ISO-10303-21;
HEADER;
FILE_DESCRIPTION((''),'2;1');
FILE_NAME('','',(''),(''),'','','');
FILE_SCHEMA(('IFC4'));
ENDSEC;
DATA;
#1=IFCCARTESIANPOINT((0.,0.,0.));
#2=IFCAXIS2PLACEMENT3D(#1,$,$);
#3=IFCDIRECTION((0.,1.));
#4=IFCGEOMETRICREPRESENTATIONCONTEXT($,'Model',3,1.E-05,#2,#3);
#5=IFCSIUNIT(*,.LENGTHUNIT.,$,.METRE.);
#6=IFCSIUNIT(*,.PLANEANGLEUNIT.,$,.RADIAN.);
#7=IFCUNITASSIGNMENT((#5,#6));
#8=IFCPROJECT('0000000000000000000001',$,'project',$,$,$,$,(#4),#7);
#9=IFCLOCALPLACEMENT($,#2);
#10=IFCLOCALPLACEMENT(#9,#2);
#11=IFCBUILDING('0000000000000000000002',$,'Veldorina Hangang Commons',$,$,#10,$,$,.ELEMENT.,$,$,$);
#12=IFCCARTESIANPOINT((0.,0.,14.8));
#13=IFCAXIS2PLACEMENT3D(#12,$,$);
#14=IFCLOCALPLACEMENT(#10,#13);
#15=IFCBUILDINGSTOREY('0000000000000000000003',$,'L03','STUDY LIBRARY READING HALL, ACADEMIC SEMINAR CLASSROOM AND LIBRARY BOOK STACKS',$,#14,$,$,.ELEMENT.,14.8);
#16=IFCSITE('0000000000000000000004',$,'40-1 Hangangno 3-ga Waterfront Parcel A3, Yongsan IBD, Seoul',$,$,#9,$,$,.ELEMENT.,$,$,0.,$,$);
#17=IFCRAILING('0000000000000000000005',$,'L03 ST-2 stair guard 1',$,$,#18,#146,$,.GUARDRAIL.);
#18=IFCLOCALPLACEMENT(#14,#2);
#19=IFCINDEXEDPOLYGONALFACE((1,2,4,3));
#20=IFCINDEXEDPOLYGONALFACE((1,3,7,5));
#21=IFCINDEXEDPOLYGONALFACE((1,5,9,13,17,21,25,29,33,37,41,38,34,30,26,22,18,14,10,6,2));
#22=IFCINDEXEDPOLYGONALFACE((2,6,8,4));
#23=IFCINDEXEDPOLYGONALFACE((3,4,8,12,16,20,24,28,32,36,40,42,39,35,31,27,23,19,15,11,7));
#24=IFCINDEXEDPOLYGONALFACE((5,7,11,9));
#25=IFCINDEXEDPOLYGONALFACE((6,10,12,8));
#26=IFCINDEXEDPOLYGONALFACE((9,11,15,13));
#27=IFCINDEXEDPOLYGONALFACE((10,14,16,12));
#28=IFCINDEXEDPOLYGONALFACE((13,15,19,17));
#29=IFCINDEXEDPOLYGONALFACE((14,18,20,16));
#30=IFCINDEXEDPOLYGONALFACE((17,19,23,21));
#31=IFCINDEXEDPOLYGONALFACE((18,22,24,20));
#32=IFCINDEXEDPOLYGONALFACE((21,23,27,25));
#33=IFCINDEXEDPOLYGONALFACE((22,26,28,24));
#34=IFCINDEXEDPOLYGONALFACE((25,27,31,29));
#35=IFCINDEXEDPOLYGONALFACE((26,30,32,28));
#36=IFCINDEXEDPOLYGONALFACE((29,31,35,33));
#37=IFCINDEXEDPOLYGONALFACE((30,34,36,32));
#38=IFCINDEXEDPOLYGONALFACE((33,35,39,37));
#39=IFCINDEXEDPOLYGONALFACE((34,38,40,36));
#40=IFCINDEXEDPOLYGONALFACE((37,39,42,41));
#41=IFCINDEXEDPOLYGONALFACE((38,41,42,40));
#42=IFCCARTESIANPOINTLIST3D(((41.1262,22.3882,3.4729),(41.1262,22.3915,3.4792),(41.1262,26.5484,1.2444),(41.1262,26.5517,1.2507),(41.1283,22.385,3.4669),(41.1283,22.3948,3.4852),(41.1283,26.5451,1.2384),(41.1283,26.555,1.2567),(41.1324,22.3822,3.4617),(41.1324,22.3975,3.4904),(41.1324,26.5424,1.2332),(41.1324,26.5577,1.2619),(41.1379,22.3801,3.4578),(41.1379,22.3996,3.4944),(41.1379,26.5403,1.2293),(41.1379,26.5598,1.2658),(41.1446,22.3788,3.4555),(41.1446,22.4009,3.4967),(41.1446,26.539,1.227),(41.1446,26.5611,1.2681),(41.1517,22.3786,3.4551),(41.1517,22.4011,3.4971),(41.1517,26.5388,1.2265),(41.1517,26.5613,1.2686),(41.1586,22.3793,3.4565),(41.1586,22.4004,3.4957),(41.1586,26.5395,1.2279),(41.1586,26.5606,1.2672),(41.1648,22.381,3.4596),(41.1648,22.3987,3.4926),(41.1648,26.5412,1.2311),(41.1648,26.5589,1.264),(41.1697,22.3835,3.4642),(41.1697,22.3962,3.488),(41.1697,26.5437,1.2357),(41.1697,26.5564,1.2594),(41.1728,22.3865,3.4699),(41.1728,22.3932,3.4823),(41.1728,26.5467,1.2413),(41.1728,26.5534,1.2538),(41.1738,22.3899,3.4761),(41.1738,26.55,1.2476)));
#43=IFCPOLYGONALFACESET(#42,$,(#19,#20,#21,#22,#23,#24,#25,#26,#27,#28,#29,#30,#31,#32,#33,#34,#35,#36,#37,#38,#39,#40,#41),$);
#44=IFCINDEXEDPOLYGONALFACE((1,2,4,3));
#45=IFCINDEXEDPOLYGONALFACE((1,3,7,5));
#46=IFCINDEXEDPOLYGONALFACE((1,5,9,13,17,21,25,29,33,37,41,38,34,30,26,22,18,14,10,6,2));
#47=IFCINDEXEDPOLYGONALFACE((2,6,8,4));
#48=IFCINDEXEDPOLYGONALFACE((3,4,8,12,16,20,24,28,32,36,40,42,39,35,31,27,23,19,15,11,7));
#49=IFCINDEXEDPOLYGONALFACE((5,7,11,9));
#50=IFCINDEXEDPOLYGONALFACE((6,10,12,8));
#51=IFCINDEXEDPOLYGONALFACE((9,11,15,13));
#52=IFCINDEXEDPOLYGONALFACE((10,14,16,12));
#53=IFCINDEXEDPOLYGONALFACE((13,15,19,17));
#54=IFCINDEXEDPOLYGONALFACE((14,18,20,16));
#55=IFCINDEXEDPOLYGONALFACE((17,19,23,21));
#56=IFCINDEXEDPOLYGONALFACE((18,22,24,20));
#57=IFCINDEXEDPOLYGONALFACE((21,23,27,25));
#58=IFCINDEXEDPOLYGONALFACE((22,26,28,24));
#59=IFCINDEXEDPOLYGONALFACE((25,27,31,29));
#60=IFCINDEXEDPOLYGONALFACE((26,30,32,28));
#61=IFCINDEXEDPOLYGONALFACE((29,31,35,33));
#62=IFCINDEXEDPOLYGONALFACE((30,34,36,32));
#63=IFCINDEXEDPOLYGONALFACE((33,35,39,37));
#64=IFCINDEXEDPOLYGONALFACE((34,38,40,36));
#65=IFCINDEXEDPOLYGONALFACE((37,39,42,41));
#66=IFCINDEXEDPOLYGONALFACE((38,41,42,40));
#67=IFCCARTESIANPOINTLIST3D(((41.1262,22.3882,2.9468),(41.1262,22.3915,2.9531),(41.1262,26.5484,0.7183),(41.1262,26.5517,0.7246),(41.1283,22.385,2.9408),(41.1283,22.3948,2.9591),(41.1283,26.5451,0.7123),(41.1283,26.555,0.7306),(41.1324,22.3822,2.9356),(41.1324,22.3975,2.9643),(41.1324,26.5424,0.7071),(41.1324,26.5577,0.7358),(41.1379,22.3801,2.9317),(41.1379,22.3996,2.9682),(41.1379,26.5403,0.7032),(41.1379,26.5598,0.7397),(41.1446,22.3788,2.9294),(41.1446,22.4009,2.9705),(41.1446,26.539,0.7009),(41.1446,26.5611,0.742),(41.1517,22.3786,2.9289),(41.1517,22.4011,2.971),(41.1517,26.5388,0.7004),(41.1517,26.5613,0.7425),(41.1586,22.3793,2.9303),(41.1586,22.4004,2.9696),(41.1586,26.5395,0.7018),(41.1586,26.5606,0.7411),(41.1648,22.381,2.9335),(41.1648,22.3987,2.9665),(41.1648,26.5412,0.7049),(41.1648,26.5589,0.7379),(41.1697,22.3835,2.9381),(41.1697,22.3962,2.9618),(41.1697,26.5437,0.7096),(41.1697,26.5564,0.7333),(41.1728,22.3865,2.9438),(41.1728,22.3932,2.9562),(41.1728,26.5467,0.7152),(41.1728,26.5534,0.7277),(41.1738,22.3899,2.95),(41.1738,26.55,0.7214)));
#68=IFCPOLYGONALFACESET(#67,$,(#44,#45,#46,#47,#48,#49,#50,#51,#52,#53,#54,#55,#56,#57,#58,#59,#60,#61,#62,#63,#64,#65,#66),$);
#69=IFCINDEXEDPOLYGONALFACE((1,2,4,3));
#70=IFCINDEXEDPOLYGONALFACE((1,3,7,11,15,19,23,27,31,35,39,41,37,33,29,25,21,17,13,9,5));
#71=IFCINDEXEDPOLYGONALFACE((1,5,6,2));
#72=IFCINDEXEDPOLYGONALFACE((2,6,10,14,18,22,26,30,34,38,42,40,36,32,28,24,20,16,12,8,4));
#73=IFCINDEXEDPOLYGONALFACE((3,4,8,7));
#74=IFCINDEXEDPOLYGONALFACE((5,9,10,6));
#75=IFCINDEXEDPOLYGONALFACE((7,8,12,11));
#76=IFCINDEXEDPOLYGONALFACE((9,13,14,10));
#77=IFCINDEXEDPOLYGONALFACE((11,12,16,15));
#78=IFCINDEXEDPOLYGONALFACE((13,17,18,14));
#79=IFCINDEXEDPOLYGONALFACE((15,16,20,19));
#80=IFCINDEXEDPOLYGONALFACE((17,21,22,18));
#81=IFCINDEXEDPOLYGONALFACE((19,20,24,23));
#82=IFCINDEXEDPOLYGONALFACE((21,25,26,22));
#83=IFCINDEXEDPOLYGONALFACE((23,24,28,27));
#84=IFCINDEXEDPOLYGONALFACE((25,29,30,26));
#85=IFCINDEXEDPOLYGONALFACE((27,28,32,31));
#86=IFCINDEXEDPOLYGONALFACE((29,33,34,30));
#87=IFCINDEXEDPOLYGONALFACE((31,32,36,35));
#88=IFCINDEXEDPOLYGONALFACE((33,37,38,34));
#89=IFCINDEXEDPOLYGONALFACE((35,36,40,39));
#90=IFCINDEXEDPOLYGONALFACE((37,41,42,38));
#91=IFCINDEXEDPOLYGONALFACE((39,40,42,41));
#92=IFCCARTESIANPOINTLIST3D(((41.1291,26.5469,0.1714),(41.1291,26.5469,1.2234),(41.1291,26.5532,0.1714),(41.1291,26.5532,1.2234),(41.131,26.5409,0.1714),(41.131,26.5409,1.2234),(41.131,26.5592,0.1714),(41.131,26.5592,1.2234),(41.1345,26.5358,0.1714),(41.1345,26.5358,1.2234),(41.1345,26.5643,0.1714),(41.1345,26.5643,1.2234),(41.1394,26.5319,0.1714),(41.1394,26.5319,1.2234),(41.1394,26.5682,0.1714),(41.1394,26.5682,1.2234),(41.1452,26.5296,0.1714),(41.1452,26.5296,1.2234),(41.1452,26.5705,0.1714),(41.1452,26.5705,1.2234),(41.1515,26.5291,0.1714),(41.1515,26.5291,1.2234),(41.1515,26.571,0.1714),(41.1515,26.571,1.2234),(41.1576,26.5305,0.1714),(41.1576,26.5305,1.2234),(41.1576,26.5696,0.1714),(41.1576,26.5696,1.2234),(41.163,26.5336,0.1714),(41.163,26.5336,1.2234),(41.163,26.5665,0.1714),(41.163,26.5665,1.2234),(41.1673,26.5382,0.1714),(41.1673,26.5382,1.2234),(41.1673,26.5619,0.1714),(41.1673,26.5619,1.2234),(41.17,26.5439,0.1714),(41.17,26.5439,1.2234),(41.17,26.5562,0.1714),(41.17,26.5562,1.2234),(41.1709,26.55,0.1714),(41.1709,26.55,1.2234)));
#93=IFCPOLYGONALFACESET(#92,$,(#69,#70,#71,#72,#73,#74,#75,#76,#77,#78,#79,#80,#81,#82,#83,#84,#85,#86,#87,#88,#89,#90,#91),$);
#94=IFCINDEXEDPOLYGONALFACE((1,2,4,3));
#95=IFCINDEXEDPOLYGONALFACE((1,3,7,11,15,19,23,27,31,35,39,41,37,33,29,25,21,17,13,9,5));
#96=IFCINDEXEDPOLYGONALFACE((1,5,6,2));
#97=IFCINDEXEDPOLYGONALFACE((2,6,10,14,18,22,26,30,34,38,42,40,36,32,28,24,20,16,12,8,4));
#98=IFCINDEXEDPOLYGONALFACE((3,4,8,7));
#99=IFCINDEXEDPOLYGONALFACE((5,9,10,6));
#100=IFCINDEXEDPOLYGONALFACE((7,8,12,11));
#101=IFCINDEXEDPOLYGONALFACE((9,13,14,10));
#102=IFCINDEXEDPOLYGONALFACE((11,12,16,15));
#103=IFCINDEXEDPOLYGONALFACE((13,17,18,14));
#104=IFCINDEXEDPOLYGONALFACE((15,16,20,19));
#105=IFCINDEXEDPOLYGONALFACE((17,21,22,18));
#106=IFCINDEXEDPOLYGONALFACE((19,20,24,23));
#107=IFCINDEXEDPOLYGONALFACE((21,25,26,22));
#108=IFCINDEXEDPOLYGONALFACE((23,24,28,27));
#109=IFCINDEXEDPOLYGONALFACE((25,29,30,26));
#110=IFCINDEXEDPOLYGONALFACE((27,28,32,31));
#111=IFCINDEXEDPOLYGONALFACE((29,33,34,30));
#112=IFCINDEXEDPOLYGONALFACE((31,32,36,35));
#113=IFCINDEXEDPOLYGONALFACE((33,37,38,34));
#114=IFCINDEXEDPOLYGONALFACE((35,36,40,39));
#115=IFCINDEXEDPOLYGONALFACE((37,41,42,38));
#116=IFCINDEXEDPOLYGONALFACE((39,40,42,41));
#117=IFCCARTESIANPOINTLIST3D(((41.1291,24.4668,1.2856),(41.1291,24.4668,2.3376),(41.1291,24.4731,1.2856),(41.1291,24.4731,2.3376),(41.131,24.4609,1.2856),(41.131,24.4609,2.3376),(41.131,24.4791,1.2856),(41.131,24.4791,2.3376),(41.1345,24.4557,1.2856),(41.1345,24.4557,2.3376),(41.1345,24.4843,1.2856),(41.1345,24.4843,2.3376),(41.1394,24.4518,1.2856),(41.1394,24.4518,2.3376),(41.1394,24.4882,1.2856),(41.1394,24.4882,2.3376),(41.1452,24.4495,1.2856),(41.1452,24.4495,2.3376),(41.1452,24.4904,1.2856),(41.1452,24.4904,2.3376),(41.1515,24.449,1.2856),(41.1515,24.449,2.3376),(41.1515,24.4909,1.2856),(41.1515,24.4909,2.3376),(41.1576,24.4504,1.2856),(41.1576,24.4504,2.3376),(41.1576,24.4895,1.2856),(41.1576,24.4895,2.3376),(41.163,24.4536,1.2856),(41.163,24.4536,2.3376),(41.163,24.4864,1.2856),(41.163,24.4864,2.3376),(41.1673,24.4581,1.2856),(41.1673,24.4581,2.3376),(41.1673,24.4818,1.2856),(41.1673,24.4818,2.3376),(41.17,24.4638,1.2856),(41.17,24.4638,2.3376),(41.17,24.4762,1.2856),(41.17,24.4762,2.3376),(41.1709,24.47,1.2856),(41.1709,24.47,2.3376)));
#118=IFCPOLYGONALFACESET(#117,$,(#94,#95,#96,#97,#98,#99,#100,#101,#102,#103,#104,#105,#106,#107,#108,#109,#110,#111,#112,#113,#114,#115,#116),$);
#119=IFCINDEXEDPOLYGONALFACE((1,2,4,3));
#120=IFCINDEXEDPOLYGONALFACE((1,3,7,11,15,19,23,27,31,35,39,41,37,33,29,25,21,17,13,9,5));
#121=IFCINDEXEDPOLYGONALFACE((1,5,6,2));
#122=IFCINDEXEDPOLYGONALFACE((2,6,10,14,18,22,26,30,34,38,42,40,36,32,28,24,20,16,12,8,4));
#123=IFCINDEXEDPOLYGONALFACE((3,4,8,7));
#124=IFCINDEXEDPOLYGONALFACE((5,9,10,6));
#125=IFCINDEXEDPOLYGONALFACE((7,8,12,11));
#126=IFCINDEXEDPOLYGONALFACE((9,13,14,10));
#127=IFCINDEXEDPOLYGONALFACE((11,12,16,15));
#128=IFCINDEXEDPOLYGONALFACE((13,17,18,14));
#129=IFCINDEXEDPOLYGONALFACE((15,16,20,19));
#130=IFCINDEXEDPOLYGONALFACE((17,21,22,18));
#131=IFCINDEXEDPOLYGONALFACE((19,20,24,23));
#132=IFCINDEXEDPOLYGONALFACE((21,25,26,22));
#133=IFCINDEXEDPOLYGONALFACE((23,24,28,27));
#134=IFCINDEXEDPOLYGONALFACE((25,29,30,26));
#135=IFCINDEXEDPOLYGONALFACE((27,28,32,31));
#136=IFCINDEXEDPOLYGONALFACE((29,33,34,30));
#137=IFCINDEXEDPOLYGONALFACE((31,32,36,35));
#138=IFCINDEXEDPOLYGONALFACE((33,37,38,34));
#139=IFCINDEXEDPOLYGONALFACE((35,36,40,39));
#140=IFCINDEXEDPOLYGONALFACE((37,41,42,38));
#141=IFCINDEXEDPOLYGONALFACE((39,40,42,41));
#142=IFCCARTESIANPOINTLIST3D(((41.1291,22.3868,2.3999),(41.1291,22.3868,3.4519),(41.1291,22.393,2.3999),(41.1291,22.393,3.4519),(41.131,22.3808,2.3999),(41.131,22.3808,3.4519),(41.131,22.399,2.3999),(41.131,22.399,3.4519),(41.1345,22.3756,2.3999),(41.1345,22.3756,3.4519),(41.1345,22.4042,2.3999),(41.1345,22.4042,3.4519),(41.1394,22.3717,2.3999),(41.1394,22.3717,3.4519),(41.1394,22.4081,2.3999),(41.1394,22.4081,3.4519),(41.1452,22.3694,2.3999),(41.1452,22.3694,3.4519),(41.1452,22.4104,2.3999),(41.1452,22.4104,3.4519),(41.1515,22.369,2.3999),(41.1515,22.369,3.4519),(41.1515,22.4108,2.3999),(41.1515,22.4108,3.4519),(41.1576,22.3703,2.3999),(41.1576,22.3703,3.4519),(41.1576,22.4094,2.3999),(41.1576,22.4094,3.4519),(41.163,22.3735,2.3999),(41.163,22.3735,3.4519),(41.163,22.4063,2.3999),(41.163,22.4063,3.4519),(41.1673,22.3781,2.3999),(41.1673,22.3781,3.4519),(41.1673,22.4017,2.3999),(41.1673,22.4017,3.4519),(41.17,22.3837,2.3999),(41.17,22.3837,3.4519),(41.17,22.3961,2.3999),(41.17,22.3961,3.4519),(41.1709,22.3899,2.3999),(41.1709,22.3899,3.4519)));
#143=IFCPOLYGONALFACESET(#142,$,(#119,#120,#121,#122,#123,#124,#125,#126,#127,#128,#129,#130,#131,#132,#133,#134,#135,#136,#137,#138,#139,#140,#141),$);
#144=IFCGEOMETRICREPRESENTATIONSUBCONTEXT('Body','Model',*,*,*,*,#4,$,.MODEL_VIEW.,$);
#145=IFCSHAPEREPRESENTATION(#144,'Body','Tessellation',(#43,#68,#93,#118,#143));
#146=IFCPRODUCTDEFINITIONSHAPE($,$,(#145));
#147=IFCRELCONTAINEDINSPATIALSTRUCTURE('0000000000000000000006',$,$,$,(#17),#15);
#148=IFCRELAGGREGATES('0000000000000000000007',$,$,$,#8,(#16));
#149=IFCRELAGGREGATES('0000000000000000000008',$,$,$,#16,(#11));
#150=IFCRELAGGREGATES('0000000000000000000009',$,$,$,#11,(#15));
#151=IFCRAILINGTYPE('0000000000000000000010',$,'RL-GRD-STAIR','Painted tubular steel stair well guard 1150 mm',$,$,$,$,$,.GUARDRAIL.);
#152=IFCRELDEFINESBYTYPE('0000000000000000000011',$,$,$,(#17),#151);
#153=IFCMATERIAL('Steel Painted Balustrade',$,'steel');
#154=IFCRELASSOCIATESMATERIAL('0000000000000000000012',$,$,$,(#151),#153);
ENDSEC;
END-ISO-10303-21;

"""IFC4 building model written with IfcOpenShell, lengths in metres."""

from ifc_helpers import new_model, si_unit, direction, frame, origin, origin_2d, place, context, subcontext, project, spatial, circle, extrude, material, type_object, element, save


model = new_model("IFC4")

# Units and contexts
model_context = context("Model", 3, precision=1e-05, world=origin(), true_north=direction((0.0, 1.0)))
body_context = subcontext(model_context, "Body", "Model", "MODEL_VIEW")
ifc_project = project(units=[si_unit("LENGTHUNIT", "METRE"), si_unit("PLANEANGLEUNIT", "RADIAN")], contexts=[model_context])

# Site, building, storey
site_placement = place(None, origin())
site = spatial("IfcSite", under=ifc_project, at=site_placement, Name="40-1 Hangangno 3-ga Waterfront Parcel A3, Yongsan IBD, Seoul", CompositionType="ELEMENT", RefElevation=0.0)
building_placement = place(site_placement, origin())
building = spatial("IfcBuilding", under=site, at=building_placement, Name="Veldorina Hangang Commons", CompositionType="ELEMENT")
storey_placement = place(building_placement, frame((0.0, 0.0, 14.8)))
storey = spatial("IfcBuildingStorey", under=building, at=storey_placement, Name="L03", Description="STUDY LIBRARY READING HALL, ACADEMIC SEMINAR CLASSROOM AND LIBRARY BOOK STACKS", CompositionType="ELEMENT", Elevation=14.8)

# Railing
ifc_material_1 = material(Name="Steel Painted Balustrade", Category="steel")
railing_type_1 = type_object("IfcRailingType", Name="RL-GRD-STAIR", Description="Painted tubular steel stair well guard 1150 mm", PredefinedType="GUARDRAIL", material=ifc_material_1)
railing_1_placement = place(storey_placement, frame((41.1499, 26.55, 0.1714)))
element("IfcRailing", 1, at=railing_1_placement, inside=storey, type_object=railing_type_1, Name="L03 ST-2 stair guard 1", PredefinedType="GUARDRAIL", context=body_context, shape_type="SweptSolid", body=[
    extrude(circle(Radius=0.0239, at=origin_2d()), frame((0.0, 0.0, 1.0762), z_axis=(0.0, -0.881492, 0.472198), x_axis=(1.0, 0.0, 0.0)), (0.0, 0.0, 1.0), 4.7195),
    extrude(circle(Radius=0.0239, at=origin_2d()), frame((0.0, 0.0, 0.55), z_axis=(0.0, -0.881492, 0.472198), x_axis=(1.0, 0.0, 0.0)), (0.0, 0.0, 1.0), 4.7195),
    extrude(circle(Radius=0.021, at=origin_2d()), origin(), (0.0, 0.0, 1.0), 1.052),
    extrude(circle(Radius=0.021, at=origin_2d()), frame((0.0, -2.0801, 1.1143)), (0.0, 0.0, 1.0), 1.052),
    extrude(circle(Radius=0.021, at=origin_2d()), frame((0.0, -4.1602, 2.2285)), (0.0, 0.0, 1.0), 1.052),
])

save(model, "model.ifc")
